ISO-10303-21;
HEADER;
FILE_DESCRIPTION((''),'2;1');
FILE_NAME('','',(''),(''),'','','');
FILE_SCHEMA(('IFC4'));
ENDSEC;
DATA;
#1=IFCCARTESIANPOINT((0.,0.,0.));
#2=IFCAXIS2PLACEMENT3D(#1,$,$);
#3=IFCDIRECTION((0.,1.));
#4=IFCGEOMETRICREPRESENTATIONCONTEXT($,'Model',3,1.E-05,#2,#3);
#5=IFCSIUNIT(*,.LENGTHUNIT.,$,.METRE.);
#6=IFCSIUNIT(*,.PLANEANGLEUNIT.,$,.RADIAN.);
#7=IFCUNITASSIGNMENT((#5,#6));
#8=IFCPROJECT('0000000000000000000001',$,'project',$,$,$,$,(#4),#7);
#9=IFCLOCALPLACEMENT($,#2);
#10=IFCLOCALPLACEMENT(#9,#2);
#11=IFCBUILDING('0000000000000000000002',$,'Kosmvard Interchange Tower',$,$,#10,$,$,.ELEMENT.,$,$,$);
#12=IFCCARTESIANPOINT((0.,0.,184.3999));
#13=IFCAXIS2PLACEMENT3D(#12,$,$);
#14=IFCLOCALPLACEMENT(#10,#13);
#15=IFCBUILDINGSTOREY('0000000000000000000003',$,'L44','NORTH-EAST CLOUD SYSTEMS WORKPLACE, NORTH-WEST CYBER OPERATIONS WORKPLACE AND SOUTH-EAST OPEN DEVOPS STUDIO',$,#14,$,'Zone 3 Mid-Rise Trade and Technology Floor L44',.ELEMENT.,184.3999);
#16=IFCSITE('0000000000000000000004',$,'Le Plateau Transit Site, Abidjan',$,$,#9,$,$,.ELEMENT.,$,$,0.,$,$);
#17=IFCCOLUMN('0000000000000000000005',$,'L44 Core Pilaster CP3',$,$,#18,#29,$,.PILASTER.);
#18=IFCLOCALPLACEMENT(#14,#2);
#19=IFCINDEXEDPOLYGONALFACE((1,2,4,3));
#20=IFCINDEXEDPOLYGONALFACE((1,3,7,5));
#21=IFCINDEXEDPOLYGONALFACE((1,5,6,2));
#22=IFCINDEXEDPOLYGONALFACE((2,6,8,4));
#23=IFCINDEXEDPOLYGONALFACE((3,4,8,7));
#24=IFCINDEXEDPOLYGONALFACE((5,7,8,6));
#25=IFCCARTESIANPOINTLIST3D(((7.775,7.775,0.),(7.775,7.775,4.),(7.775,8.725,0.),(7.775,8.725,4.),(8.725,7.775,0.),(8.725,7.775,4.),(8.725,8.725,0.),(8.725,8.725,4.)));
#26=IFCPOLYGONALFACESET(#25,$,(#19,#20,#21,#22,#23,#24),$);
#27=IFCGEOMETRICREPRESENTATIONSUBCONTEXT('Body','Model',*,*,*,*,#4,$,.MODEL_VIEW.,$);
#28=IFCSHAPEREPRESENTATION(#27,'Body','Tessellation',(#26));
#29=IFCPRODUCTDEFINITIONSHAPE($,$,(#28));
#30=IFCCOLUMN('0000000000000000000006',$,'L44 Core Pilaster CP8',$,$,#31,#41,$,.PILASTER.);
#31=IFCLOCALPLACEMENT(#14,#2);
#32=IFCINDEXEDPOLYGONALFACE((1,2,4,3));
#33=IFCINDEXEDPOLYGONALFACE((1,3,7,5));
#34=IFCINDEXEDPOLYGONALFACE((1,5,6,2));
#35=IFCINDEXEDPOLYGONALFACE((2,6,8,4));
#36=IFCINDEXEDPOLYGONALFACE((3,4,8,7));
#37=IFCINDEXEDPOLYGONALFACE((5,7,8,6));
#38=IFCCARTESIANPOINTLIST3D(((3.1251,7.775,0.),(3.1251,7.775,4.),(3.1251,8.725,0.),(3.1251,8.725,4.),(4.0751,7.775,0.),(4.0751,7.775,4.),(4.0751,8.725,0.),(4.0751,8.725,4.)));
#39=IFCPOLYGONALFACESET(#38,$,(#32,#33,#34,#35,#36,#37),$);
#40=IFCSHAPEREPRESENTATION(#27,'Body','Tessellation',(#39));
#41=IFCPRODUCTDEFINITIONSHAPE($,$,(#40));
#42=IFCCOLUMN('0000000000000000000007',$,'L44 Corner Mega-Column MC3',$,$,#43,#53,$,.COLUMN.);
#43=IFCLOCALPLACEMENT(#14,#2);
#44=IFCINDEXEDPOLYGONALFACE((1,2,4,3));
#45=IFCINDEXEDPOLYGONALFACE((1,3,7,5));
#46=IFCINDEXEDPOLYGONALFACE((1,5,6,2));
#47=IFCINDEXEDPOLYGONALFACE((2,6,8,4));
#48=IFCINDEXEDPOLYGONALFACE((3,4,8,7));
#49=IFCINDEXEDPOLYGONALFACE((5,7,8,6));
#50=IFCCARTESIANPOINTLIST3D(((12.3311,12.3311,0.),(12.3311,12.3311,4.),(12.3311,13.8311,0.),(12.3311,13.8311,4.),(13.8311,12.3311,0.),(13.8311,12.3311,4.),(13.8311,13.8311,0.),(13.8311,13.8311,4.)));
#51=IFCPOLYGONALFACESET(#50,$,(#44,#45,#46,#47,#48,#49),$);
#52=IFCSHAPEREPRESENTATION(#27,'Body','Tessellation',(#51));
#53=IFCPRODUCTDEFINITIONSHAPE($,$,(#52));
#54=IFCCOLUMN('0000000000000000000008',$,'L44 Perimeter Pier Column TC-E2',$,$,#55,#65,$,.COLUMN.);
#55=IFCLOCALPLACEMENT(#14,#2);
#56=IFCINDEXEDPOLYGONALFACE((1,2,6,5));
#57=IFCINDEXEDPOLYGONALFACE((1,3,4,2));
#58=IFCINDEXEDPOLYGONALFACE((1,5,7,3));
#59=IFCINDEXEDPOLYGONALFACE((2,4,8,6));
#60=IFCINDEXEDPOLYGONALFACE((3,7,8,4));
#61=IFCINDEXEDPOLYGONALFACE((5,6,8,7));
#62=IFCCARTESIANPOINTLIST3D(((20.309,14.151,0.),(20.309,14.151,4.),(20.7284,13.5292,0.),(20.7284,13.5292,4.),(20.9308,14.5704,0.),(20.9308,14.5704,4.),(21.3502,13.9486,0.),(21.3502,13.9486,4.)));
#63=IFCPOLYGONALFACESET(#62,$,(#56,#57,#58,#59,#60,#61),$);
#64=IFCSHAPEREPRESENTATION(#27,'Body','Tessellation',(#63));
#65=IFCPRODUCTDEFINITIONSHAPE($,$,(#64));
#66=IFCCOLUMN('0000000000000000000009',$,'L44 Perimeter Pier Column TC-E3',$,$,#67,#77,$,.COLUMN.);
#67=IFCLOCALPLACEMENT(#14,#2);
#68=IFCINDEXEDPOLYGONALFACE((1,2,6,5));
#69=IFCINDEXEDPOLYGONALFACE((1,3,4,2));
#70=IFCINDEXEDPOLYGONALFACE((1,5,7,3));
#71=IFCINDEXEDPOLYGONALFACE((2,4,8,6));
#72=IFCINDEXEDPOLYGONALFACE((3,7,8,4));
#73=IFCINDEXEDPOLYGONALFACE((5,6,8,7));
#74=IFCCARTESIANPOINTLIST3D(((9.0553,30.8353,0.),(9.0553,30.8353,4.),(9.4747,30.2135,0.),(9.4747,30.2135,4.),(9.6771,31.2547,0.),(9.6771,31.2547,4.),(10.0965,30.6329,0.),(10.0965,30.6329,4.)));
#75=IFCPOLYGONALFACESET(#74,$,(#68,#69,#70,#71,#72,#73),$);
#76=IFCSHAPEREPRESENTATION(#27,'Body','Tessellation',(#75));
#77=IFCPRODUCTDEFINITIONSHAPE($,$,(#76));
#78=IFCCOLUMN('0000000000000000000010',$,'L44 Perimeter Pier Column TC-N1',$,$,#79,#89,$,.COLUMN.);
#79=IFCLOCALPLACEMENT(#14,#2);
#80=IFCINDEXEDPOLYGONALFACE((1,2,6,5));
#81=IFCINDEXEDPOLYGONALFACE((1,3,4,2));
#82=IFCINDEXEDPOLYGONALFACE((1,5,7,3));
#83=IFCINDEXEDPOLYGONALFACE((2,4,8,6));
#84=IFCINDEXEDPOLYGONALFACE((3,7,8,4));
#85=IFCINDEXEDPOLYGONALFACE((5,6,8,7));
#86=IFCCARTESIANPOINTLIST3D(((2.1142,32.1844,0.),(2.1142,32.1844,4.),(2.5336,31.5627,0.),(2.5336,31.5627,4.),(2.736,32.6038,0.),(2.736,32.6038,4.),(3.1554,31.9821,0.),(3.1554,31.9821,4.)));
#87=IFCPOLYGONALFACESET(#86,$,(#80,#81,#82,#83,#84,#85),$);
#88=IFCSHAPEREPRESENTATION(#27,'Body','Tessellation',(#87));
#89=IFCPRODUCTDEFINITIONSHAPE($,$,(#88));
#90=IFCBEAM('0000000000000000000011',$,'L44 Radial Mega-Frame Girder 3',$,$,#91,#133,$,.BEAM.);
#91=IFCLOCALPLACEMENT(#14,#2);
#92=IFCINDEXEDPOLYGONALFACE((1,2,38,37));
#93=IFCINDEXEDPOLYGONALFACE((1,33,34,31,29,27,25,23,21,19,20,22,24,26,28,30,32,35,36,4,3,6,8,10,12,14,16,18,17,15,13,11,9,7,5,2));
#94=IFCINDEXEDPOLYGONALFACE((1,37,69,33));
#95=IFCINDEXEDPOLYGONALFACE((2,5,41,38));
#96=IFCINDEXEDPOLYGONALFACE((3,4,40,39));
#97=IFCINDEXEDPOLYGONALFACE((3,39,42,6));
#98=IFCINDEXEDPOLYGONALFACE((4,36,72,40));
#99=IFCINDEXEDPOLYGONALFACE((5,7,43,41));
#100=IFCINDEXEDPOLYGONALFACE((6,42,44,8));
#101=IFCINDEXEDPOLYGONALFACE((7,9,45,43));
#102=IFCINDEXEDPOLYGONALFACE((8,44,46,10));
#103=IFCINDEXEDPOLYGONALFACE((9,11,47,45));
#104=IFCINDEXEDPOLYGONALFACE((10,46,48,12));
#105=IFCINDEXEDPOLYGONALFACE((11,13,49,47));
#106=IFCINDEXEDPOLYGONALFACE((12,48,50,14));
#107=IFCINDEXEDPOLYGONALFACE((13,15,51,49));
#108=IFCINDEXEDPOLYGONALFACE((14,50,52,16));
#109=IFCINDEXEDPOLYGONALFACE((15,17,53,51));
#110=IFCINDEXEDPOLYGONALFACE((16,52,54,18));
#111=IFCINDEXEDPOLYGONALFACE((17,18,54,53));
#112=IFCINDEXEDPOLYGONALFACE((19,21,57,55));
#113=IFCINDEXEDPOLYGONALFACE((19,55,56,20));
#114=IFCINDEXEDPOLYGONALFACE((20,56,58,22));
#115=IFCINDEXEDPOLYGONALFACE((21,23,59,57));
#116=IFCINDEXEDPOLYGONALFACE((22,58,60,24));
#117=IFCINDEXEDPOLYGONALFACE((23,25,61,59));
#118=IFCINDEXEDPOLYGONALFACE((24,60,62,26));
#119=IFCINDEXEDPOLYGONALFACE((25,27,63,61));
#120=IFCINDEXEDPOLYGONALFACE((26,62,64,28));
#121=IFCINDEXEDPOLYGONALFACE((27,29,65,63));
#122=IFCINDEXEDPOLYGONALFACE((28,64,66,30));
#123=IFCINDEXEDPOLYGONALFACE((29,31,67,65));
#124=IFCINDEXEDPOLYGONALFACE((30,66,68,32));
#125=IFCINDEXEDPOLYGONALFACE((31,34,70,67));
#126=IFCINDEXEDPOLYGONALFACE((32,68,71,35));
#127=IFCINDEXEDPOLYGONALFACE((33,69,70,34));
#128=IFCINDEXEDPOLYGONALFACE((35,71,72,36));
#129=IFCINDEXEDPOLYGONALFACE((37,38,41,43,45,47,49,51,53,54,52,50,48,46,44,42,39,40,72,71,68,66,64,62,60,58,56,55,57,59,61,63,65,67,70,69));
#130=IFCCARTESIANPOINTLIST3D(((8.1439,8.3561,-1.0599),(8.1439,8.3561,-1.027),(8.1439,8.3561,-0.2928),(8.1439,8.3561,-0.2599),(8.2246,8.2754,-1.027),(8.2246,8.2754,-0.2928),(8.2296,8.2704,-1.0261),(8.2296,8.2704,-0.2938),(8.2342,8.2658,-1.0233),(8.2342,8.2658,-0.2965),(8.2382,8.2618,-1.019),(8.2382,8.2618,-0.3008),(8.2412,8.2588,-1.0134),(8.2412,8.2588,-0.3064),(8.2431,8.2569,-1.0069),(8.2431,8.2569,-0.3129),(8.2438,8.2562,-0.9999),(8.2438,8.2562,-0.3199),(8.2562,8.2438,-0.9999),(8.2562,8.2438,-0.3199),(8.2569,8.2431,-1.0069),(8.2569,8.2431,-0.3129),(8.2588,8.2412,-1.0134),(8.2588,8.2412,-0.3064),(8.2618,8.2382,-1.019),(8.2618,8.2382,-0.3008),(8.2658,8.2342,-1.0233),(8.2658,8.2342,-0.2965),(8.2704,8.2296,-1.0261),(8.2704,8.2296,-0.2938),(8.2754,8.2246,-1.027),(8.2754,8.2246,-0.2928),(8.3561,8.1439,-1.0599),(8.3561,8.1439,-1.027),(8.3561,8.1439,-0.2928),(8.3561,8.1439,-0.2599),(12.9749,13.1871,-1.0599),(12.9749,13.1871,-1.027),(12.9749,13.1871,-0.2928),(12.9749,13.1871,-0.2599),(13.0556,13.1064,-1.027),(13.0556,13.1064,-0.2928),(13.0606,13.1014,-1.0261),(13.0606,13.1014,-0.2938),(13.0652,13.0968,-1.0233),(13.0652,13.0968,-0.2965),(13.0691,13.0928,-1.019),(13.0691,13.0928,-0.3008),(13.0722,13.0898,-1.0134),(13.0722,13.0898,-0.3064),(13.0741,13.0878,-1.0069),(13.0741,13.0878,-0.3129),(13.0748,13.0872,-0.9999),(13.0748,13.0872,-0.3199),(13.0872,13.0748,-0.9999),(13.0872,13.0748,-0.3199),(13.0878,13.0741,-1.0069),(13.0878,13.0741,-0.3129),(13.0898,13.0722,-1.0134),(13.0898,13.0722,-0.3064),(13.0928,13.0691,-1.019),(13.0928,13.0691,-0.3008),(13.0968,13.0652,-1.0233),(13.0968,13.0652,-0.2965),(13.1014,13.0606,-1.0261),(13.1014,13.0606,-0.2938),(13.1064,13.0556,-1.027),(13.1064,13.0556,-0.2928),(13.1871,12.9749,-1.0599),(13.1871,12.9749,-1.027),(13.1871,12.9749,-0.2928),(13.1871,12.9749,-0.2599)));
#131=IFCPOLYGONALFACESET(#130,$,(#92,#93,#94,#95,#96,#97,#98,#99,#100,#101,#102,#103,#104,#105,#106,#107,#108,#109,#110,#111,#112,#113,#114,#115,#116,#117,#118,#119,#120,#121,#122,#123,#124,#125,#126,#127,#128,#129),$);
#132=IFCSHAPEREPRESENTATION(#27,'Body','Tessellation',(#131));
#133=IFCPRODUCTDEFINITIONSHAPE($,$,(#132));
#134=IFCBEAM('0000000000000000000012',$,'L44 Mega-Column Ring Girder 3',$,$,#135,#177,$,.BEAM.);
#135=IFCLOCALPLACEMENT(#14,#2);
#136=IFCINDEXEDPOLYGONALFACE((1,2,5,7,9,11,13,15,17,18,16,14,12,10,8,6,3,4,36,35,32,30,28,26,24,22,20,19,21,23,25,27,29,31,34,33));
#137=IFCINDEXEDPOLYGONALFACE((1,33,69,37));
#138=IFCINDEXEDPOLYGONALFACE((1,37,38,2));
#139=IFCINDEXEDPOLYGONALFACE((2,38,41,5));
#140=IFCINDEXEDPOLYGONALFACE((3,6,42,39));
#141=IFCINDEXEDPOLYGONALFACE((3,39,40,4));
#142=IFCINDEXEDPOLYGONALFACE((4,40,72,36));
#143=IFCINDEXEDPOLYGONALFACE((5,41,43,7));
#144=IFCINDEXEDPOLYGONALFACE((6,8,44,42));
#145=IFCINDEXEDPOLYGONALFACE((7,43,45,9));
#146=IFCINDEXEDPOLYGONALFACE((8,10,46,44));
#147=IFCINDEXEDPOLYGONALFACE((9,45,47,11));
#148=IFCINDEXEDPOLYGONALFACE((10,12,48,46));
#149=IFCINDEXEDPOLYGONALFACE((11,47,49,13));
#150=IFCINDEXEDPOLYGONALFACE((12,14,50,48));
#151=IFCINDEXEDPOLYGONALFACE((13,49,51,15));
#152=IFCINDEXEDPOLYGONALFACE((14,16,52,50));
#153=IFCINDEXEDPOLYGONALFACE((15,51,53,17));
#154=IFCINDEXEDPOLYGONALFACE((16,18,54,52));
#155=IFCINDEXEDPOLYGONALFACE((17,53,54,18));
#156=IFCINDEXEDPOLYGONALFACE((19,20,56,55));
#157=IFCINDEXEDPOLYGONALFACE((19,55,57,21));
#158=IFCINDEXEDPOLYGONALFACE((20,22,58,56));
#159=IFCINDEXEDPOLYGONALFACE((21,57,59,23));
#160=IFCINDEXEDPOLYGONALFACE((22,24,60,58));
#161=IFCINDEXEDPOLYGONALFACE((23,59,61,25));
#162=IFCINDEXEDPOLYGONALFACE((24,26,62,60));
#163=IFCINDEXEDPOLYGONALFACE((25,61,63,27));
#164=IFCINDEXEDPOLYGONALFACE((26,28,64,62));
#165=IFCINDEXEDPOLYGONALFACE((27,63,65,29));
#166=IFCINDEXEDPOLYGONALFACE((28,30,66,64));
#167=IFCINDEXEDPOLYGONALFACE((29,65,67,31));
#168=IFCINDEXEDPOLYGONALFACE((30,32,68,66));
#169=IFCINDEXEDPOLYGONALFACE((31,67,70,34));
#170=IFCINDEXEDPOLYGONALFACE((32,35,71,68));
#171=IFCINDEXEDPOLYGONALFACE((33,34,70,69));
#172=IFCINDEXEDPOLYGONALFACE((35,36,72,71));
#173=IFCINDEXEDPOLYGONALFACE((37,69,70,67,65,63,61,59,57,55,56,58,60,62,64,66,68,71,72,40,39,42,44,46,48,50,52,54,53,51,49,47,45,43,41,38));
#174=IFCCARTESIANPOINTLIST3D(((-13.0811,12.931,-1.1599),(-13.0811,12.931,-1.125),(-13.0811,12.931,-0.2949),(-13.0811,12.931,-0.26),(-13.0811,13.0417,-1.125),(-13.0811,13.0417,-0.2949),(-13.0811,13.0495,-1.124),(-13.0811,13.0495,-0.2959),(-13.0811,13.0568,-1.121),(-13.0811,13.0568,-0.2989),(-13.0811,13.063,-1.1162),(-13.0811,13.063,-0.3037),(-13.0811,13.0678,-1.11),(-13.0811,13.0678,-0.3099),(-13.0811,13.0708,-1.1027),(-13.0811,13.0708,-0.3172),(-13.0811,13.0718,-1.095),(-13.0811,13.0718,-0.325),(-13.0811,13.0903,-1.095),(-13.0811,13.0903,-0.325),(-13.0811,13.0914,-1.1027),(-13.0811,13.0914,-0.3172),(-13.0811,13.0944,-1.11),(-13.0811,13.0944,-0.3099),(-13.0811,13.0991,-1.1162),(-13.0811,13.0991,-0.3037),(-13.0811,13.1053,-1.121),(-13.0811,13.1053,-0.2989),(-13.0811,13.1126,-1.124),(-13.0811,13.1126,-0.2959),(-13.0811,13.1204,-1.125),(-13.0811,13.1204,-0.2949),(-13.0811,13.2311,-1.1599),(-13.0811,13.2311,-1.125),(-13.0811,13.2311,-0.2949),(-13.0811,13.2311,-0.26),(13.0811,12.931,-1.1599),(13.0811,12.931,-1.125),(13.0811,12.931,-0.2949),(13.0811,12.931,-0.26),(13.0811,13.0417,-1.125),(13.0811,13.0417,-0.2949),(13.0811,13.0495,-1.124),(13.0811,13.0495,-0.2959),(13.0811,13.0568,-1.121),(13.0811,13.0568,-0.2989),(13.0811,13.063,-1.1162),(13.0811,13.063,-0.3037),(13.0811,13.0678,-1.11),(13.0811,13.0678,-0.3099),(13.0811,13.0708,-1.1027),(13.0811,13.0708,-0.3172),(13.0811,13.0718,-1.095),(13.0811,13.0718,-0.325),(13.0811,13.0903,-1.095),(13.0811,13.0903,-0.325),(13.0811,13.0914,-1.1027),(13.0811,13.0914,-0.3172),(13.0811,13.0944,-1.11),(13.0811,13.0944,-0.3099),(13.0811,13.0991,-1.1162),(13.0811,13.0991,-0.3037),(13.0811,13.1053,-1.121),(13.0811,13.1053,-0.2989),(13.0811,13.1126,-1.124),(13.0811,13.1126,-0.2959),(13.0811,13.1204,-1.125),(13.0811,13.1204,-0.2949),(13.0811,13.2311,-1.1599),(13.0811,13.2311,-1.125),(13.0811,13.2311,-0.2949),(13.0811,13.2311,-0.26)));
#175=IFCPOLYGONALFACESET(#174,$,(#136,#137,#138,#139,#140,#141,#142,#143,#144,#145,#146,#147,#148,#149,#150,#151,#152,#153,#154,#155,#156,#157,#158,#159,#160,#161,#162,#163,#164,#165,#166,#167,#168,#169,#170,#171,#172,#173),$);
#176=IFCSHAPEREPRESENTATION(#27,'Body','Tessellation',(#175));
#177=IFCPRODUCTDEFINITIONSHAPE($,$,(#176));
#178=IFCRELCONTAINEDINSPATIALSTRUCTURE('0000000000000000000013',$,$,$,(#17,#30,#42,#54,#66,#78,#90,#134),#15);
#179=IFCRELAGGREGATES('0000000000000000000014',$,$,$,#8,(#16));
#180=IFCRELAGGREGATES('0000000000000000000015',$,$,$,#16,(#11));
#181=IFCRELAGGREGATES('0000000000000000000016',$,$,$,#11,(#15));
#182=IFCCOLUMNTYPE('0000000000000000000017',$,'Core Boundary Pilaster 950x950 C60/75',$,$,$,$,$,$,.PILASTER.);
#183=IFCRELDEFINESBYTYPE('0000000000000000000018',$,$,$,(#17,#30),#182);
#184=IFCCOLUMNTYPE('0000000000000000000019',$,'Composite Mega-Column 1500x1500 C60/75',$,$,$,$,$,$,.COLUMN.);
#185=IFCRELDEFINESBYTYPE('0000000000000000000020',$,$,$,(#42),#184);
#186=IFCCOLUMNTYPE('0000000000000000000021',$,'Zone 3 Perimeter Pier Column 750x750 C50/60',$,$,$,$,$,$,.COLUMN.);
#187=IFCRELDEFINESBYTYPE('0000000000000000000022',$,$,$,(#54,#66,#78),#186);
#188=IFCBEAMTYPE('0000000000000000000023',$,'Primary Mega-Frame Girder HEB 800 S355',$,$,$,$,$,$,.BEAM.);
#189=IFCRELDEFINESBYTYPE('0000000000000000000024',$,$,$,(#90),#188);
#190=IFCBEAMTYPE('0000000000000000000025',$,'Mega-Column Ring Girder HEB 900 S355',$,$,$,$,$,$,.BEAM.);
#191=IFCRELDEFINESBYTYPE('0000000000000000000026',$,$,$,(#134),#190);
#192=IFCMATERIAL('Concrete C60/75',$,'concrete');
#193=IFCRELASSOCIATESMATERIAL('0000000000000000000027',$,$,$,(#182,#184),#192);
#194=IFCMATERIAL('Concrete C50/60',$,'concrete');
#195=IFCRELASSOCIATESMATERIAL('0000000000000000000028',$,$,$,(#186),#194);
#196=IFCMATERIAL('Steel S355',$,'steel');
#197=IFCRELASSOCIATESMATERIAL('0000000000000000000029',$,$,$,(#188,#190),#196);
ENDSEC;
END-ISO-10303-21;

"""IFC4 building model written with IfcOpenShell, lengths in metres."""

from ifc_helpers import new_model, si_unit, direction, frame, origin, origin_2d, place, context, subcontext, project, spatial, rectangle, i_section, extrude, source, transform, mapped, material, material_profile, profile_set, type_object, element, save


model = new_model("IFC4")

# Units and contexts
model_context = context("Model", 3, precision=1e-05, world=origin(), true_north=direction((0.0, 1.0)))
body_context = subcontext(model_context, "Body", "Model", "MODEL_VIEW")
ifc_project = project(units=[si_unit("LENGTHUNIT", "METRE"), si_unit("PLANEANGLEUNIT", "RADIAN")], contexts=[model_context])

# Site, building, storey
site_placement = place(None, origin())
site = spatial("IfcSite", under=ifc_project, at=site_placement, Name="Le Plateau Transit Site, Abidjan", CompositionType="ELEMENT", RefElevation=0.0)
building_placement = place(site_placement, origin())
building = spatial("IfcBuilding", under=site, at=building_placement, Name="Kosmvard Interchange Tower", CompositionType="ELEMENT")
storey_placement = place(building_placement, frame((0.0, 0.0, 184.3999)))
storey = spatial("IfcBuildingStorey", under=building, at=storey_placement, Name="L44", Description="NORTH-EAST CLOUD SYSTEMS WORKPLACE, NORTH-WEST CYBER OPERATIONS WORKPLACE AND SOUTH-EAST OPEN DEVOPS STUDIO", LongName="Zone 3 Mid-Rise Trade and Technology Floor L44", CompositionType="ELEMENT", Elevation=184.3999)

# Columns
ifc_material_1 = material(Name="Concrete C60/75", Category="concrete")
ifc_material_profile_1 = material_profile(ifc_material_1, rectangle(XDim=0.95, YDim=0.95, at=origin_2d()), Name="CP 950x950")
ifc_profile_set_1 = profile_set([ifc_material_profile_1], Name="Concrete C60/75")
column_type_1 = type_object("IfcColumnType", Name="Core Boundary Pilaster 950x950 C60/75", PredefinedType="PILASTER", material=ifc_profile_set_1)
shared_shape_1 = source(origin(), body_context, "Body", "SweptSolid", [
    extrude(rectangle(XDim=0.95, YDim=0.95, at=origin_2d()), origin(), (0.0, 0.0, 1.0), 4.0),
])
for number, where, z_axis, x_axis, name in (
    (1, (8.25, 8.25, 0.0), (0.0, 0.0, 1.0), (1.0, 0.0, 0.0), "L44 Core Pilaster CP3"),
    (2, (3.6001, 8.25, 0.0), (0.0, 0.0, 1.0), (1.0, 0.0, 0.0), "L44 Core Pilaster CP8"),
):
    element("IfcColumn", number, at=place(storey_placement, frame(where, z_axis=z_axis, x_axis=x_axis)), inside=storey, type_object=column_type_1, Name=name, PredefinedType="PILASTER", context=body_context, shape_type="MappedRepresentation", body=[
        mapped(shared_shape_1, transform((0.0, 0.0, 0.0), scale=1.0)),
    ])
ifc_material_profile_2 = material_profile(ifc_material_1, rectangle(XDim=1.5, YDim=1.5, at=origin_2d()), Name="MC 1500x1500")
ifc_profile_set_2 = profile_set([ifc_material_profile_2], Name="Concrete C60/75")
column_type_2 = type_object("IfcColumnType", Name="Composite Mega-Column 1500x1500 C60/75", PredefinedType="COLUMN", material=ifc_profile_set_2)
shared_shape_2 = source(origin(), body_context, "Body", "SweptSolid", [
    extrude(rectangle(XDim=1.5, YDim=1.5, at=origin_2d()), origin(), (0.0, 0.0, 1.0), 4.0),
])
column_placement = place(storey_placement, frame((13.0811, 13.0811, 0.0), z_axis=(0.0, 0.0, 1.0), x_axis=(1.0, 0.0, 0.0)))
element("IfcColumn", 3, at=column_placement, inside=storey, type_object=column_type_2, Name="L44 Corner Mega-Column MC3", PredefinedType="COLUMN", context=body_context, shape_type="MappedRepresentation", body=[
    mapped(shared_shape_2, transform((0.0, 0.0, 0.0), scale=1.0)),
])
ifc_material_2 = material(Name="Concrete C50/60", Category="concrete")
ifc_material_profile_3 = material_profile(ifc_material_2, rectangle(XDim=0.75, YDim=0.75, at=origin_2d()), Name="TC 750x750")
ifc_profile_set_3 = profile_set([ifc_material_profile_3], Name="Concrete C50/60")
column_type_3 = type_object("IfcColumnType", Name="Zone 3 Perimeter Pier Column 750x750 C50/60", PredefinedType="COLUMN", material=ifc_profile_set_3)
shared_shape_3 = source(origin(), body_context, "Body", "SweptSolid", [
    extrude(rectangle(XDim=0.75, YDim=0.75, at=origin_2d()), origin(), (0.0, 0.0, 1.0), 4.0),
])
for number, where, z_axis, x_axis, name in (
    (4, (20.8296, 14.0498, 0.0), (0.0, 0.0, 1.0), (0.829038, 0.559193, 0.0), "L44 Perimeter Pier Column TC-E2"),
    (5, (9.5759, 30.7341, 0.0), (0.0, 0.0, 1.0), (0.829038, 0.559193, 0.0), "L44 Perimeter Pier Column TC-E3"),
    (6, (2.6348, 32.0833, 0.0), (0.0, 0.0, 1.0), (0.829038, 0.559193, 0.0), "L44 Perimeter Pier Column TC-N1"),
):
    element("IfcColumn", number, at=place(storey_placement, frame(where, z_axis=z_axis, x_axis=x_axis)), inside=storey, type_object=column_type_3, Name=name, PredefinedType="COLUMN", context=body_context, shape_type="MappedRepresentation", body=[
        mapped(shared_shape_3, transform((0.0, 0.0, 0.0), scale=1.0)),
    ])

# Beams
ifc_material_3 = material(Name="Steel S355", Category="steel")
ifc_material_profile_4 = material_profile(ifc_material_3, i_section(OverallWidth=0.3, OverallDepth=0.8, WebThickness=0.0176, FlangeThickness=0.033, FilletRadius=0.0271, at=origin_2d()), Name="HEB 800")
ifc_profile_set_4 = profile_set([ifc_material_profile_4], Name="Steel S355")
beam_type_1 = type_object("IfcBeamType", Name="Primary Mega-Frame Girder HEB 800 S355", PredefinedType="BEAM", material=ifc_profile_set_4)
shared_shape_4 = source(origin(), body_context, "Body", "SweptSolid", [
    extrude(i_section(OverallWidth=0.3, OverallDepth=0.8, WebThickness=0.0176, FlangeThickness=0.033, FilletRadius=0.0271, at=origin_2d()), origin(), (0.0, 0.0, 1.0), 6.832),
])
beam_1_placement = place(storey_placement, frame((8.25, 8.25, -0.6599), z_axis=(0.707107, 0.707107, 0.0), x_axis=(-0.707107, 0.707107, 0.0)))
element("IfcBeam", 7, at=beam_1_placement, inside=storey, type_object=beam_type_1, Name="L44 Radial Mega-Frame Girder 3", PredefinedType="BEAM", context=body_context, shape_type="MappedRepresentation", body=[
    mapped(shared_shape_4, transform((0.0, 0.0, 0.0), scale=1.0)),
])
ifc_material_profile_5 = material_profile(ifc_material_3, i_section(OverallWidth=0.3, OverallDepth=0.8999, WebThickness=0.0186, FlangeThickness=0.0349, FilletRadius=0.03, at=origin_2d()), Name="HEB 900")
ifc_profile_set_5 = profile_set([ifc_material_profile_5], Name="Steel S355")
beam_type_2 = type_object("IfcBeamType", Name="Mega-Column Ring Girder HEB 900 S355", PredefinedType="BEAM", material=ifc_profile_set_5)
shared_shape_5 = source(origin(), body_context, "Body", "SweptSolid", [
    extrude(i_section(OverallWidth=0.3, OverallDepth=0.8999, WebThickness=0.0186, FlangeThickness=0.0349, FilletRadius=0.03, at=origin_2d()), origin(), (0.0, 0.0, 1.0), 26.1621),
])
beam_2_placement = place(storey_placement, frame((13.0811, 13.0811, -0.71), z_axis=(-1.0, 0.0, 0.0), x_axis=(0.0, -1.0, 0.0)))
element("IfcBeam", 8, at=beam_2_placement, inside=storey, type_object=beam_type_2, Name="L44 Mega-Column Ring Girder 3", PredefinedType="BEAM", context=body_context, shape_type="MappedRepresentation", body=[
    mapped(shared_shape_5, transform((0.0, 0.0, 0.0), scale=1.0)),
])

save(model, "model.ifc")
